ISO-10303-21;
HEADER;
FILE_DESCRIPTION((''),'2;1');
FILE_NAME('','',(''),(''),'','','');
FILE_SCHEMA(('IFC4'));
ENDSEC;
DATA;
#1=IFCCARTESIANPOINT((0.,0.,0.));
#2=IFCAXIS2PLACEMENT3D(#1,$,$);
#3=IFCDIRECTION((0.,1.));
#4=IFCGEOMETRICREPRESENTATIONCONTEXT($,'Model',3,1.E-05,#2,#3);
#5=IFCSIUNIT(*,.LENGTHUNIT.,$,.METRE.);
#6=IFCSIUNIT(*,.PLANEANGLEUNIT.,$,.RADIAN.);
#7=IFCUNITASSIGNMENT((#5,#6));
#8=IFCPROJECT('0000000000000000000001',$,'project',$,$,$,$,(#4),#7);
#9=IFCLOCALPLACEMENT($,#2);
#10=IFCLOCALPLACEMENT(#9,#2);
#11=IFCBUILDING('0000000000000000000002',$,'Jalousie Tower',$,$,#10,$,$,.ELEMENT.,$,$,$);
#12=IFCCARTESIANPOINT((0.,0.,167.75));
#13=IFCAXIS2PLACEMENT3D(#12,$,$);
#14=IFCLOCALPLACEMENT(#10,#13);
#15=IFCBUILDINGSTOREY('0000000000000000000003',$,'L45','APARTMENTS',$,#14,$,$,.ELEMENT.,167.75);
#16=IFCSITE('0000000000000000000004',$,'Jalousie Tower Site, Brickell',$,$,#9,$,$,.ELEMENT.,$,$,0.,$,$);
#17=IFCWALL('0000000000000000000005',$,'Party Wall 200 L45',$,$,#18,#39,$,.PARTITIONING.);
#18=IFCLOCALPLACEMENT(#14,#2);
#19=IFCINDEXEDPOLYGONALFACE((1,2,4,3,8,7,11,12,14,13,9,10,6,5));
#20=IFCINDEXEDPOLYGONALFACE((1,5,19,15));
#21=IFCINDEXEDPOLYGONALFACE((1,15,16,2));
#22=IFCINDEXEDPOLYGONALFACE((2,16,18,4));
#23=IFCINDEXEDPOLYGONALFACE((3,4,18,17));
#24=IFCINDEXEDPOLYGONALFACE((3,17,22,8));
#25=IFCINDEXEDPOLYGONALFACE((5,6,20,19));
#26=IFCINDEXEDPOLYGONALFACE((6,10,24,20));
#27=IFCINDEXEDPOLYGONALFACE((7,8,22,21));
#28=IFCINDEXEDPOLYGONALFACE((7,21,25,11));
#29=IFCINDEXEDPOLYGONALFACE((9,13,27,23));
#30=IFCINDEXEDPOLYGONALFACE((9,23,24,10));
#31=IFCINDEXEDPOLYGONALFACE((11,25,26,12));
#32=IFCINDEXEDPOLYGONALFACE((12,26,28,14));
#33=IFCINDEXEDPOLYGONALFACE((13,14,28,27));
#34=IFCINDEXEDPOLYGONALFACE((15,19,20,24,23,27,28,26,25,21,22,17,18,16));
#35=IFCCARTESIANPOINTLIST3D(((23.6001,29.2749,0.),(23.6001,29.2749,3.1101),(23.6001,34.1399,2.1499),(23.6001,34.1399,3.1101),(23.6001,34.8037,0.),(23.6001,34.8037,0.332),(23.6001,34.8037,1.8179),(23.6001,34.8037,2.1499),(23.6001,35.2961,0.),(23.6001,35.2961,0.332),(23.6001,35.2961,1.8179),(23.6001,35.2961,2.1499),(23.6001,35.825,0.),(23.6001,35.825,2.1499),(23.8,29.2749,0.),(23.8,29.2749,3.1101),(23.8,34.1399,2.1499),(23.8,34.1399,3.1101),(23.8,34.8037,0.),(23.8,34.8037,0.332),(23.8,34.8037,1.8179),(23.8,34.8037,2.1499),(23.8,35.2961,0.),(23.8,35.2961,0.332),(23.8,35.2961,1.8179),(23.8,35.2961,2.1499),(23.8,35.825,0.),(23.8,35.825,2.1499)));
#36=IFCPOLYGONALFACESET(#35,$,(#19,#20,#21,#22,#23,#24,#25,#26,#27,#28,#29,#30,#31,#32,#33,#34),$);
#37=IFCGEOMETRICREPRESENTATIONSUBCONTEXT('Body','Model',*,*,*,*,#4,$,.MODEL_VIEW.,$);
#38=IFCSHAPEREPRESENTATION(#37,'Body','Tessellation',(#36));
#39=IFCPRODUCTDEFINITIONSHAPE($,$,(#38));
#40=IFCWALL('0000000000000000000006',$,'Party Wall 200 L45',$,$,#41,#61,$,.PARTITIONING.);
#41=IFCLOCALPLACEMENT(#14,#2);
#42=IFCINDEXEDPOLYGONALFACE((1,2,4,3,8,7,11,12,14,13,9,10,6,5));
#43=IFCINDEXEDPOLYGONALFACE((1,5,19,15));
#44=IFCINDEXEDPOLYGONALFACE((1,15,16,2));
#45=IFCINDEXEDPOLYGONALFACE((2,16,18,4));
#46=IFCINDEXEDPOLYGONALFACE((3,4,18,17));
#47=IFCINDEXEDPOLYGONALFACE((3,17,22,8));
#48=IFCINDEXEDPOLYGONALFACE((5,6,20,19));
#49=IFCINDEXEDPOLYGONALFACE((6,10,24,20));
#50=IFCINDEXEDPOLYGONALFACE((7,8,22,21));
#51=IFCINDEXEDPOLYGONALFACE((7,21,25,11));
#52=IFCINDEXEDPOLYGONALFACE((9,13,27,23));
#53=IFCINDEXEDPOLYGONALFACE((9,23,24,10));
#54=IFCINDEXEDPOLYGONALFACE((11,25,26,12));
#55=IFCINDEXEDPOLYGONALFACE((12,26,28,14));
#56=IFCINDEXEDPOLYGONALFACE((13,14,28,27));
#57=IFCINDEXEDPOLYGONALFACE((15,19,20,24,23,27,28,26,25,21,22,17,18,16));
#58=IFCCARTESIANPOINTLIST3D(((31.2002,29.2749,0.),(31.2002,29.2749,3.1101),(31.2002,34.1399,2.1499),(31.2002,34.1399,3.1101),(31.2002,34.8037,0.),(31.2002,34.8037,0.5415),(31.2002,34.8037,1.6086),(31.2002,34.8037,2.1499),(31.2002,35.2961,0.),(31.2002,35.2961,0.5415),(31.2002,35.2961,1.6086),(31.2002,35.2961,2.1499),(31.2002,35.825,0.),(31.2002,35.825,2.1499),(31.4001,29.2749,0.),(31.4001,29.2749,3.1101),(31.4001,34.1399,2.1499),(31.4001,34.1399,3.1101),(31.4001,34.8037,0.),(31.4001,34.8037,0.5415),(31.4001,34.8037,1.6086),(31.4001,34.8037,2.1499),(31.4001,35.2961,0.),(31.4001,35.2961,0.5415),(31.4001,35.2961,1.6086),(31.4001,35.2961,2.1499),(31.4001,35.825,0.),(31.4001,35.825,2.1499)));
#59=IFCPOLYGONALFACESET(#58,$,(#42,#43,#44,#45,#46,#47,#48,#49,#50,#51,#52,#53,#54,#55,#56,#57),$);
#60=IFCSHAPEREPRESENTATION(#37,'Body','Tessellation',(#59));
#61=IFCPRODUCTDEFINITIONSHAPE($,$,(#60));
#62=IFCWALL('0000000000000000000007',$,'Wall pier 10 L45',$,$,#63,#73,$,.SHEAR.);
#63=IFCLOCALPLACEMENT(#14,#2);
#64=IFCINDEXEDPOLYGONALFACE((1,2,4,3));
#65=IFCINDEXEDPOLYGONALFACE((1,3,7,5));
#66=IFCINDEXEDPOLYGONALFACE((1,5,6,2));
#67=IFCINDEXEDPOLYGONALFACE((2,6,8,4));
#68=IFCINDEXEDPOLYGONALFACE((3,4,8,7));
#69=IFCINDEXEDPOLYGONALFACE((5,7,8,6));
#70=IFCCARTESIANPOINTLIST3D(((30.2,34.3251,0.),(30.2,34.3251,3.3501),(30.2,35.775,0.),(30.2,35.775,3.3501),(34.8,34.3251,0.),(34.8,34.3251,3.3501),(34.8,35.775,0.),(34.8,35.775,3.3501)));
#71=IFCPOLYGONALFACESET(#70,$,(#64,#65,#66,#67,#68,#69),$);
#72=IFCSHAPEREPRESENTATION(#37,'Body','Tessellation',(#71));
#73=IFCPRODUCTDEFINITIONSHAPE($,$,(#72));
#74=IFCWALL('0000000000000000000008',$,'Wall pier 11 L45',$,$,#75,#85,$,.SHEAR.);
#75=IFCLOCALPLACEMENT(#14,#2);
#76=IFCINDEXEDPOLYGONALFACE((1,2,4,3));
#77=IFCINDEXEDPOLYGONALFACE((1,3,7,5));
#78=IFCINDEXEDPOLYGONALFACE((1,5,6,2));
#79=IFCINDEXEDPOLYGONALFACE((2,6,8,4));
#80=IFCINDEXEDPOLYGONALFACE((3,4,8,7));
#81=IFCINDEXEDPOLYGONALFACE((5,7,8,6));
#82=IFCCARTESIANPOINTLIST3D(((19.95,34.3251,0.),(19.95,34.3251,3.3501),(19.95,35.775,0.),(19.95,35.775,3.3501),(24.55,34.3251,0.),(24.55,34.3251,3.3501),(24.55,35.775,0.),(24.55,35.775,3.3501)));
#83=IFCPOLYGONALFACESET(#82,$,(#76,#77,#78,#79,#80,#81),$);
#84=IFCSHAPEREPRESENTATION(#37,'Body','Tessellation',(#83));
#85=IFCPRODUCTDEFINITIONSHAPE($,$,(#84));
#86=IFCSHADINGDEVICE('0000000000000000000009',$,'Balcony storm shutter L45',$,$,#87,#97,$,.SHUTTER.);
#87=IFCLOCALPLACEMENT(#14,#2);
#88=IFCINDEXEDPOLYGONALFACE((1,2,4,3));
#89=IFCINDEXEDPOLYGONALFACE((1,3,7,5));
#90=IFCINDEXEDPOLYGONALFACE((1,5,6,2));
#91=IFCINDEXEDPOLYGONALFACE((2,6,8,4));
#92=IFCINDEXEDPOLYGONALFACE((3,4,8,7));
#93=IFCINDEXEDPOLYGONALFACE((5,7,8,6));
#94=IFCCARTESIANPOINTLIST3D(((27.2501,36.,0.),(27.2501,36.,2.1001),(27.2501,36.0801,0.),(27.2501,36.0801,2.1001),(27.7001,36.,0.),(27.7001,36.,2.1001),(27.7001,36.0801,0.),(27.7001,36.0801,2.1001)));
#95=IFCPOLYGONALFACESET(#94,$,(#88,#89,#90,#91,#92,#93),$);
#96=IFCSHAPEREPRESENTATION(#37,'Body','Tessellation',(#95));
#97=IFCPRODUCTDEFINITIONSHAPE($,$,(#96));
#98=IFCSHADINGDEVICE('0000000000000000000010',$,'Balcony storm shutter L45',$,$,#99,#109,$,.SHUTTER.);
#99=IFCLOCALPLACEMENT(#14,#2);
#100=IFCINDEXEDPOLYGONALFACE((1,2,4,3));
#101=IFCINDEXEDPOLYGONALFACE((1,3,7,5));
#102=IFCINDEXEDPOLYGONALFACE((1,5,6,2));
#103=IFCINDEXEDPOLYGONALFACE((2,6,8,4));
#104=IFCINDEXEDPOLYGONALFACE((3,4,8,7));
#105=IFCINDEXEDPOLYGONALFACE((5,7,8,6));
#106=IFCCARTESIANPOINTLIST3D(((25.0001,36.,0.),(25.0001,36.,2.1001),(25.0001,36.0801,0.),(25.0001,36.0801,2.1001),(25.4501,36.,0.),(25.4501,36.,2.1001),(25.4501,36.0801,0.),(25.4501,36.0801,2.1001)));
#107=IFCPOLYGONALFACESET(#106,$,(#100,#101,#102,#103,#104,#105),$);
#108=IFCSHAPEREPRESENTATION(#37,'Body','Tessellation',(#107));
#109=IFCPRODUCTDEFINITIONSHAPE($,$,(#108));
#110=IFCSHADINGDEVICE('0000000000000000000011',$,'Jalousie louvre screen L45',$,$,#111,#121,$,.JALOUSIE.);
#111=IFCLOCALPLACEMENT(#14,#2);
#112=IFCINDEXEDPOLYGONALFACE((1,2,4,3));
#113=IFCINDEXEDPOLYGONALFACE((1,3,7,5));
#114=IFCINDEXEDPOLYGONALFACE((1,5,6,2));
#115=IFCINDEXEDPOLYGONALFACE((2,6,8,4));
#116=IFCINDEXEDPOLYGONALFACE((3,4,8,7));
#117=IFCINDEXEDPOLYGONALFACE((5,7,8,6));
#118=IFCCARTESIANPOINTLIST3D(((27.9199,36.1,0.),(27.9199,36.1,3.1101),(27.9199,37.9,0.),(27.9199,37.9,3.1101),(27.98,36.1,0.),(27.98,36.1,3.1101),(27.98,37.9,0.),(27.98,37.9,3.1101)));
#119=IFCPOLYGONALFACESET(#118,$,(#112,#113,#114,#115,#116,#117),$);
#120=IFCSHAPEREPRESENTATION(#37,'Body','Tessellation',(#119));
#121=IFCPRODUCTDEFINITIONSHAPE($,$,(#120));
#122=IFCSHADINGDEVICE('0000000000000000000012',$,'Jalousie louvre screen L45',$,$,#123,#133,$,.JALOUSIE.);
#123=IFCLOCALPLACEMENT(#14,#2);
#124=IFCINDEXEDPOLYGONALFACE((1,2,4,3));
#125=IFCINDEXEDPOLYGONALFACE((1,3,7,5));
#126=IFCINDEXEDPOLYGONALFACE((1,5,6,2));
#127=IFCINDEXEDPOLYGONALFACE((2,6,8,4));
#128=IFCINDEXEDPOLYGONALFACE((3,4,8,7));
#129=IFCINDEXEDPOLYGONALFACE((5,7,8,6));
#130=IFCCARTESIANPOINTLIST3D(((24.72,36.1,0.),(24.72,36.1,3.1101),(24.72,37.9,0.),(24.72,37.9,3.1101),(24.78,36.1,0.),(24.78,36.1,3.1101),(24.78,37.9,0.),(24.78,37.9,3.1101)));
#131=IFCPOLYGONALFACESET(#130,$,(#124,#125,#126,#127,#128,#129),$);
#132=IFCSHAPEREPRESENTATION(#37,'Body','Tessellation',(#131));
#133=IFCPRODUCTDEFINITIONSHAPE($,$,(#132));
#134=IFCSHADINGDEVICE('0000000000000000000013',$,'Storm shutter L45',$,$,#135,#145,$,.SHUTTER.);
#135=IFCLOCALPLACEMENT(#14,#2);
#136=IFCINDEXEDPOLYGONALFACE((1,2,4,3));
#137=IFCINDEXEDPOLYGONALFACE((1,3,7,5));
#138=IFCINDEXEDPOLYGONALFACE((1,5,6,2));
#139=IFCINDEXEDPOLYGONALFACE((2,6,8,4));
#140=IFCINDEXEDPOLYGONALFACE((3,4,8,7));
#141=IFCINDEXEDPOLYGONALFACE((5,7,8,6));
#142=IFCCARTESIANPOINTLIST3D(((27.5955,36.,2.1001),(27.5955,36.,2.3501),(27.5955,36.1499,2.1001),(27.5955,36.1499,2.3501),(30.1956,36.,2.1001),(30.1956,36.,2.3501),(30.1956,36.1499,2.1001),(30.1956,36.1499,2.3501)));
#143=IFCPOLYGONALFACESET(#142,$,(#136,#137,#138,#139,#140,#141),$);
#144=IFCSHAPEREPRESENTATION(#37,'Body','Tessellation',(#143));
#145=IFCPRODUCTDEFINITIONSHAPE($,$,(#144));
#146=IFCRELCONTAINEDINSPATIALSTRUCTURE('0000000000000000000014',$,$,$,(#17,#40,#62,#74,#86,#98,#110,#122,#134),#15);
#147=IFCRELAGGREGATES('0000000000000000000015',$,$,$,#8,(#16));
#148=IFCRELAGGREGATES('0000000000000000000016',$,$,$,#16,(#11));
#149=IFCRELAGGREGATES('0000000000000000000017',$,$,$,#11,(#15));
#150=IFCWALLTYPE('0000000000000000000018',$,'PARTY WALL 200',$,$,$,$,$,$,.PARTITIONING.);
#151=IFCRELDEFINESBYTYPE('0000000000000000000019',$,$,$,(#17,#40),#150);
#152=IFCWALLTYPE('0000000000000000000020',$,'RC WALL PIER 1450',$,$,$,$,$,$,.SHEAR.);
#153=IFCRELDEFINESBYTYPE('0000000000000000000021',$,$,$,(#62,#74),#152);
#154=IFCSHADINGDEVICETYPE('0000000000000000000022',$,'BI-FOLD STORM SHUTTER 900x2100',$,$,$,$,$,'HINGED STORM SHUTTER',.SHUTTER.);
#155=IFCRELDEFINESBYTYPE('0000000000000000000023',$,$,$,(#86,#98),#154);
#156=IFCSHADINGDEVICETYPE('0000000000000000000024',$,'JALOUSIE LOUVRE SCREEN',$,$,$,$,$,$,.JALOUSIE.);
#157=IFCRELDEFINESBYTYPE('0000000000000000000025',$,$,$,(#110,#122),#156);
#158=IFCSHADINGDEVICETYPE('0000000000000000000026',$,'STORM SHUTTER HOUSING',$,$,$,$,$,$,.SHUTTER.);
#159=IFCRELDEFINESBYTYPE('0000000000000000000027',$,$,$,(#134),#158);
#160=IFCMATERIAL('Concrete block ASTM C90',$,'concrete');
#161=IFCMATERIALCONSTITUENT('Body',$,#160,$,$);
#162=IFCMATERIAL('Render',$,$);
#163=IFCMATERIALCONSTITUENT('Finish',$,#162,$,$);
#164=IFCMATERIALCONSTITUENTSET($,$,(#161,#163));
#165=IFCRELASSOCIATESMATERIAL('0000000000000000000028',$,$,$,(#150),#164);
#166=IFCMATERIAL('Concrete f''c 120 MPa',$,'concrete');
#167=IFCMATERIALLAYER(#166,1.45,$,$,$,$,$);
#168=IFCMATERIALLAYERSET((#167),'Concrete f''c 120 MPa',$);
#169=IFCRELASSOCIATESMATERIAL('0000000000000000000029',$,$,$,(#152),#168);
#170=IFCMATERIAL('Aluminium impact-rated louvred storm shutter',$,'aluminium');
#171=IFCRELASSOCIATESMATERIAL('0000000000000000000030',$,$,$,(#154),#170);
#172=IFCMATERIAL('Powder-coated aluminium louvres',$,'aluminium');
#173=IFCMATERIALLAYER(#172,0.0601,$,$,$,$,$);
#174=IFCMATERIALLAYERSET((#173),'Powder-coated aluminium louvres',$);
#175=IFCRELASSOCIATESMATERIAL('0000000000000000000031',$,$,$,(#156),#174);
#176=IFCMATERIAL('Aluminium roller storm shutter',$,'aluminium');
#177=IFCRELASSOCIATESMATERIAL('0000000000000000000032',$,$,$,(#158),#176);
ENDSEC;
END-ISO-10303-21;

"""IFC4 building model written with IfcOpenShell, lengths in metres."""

from ifc_helpers import new_model, si_unit, direction, frame, frame_2d, origin, origin_2d, place, context, subcontext, project, spatial, polyline, rectangle, outline, extrude, material, layer, layer_set, constituent, constituent_set, type_object, element, save


model = new_model("IFC4")

# Units and contexts
model_context = context("Model", 3, precision=1e-05, world=origin(), true_north=direction((0.0, 1.0)))
body_context = subcontext(model_context, "Body", "Model", "MODEL_VIEW")
ifc_project = project(units=[si_unit("LENGTHUNIT", "METRE"), si_unit("PLANEANGLEUNIT", "RADIAN")], contexts=[model_context])

# Site, building, storey
site_placement = place(None, origin())
site = spatial("IfcSite", under=ifc_project, at=site_placement, Name="Jalousie Tower Site, Brickell", CompositionType="ELEMENT", RefElevation=0.0)
building_placement = place(site_placement, origin())
building = spatial("IfcBuilding", under=site, at=building_placement, Name="Jalousie Tower", CompositionType="ELEMENT")
storey_placement = place(building_placement, frame((0.0, 0.0, 167.75)))
storey = spatial("IfcBuildingStorey", under=building, at=storey_placement, Name="L45", Description="APARTMENTS", CompositionType="ELEMENT", Elevation=167.75)

# Walls
ifc_material_1 = material(Name="Concrete block ASTM C90", Category="concrete")
ifc_constituent_1 = constituent(ifc_material_1, Name="Body")
ifc_material_2 = material(Name="Render")
ifc_constituent_2 = constituent(ifc_material_2, Name="Finish")
ifc_constituent_set_1 = constituent_set(constituents=[ifc_constituent_1, ifc_constituent_2])
wall_type_1 = type_object("IfcWallType", Name="PARTY WALL 200", PredefinedType="PARTITIONING", material=ifc_constituent_set_1)
wall_1_placement = place(storey_placement, frame((23.7, 35.825, 0.0), z_axis=(0.0, 0.0, 1.0), x_axis=(0.0, -1.0, 0.0)))
element("IfcWall", 1, at=wall_1_placement, inside=storey, type_object=wall_type_1, Name="Party Wall 200 L45", PredefinedType="PARTITIONING", context=body_context, shape_type="SweptSolid", body=[
    extrude(outline(polyline([(0.5288, 2.1499), (0.0, 2.1499), (0.0, 0.0), (0.5288, 0.0), (0.5288, 0.332), (1.0212, 0.332), (1.0212, 0.0), (6.55, 0.0), (6.55, 3.1101), (1.6851, 3.1101), (1.6851, 2.1499), (1.0212, 2.1499), (1.0212, 1.8179), (0.5288, 1.8179), (0.5288, 2.1499)])), frame((0.0, 0.1001, 0.0), z_axis=(0.0, -1.0, 0.0), x_axis=(1.0, 0.0, 0.0)), (0.0, 0.0, 1.0), 0.2),
])
wall_2_placement = place(storey_placement, frame((31.3, 35.825, 0.0), z_axis=(0.0, 0.0, 1.0), x_axis=(0.0, -1.0, 0.0)))
element("IfcWall", 2, at=wall_2_placement, inside=storey, type_object=wall_type_1, Name="Party Wall 200 L45", PredefinedType="PARTITIONING", context=body_context, shape_type="SweptSolid", body=[
    extrude(outline(polyline([(0.5288, 2.1499), (0.0, 2.1499), (0.0, 0.0), (0.5288, 0.0), (0.5288, 0.5415), (1.0212, 0.5415), (1.0212, 0.0), (6.55, 0.0), (6.55, 3.1101), (1.6851, 3.1101), (1.6851, 2.1499), (1.0212, 2.1499), (1.0212, 1.6086), (0.5288, 1.6086), (0.5288, 2.1499)])), frame((0.0, 0.1001, 0.0), z_axis=(0.0, -1.0, 0.0), x_axis=(1.0, 0.0, 0.0)), (0.0, 0.0, 1.0), 0.2),
])
ifc_material_3 = material(Name="Concrete f'c 120 MPa", Category="concrete")
ifc_layer_1 = layer(ifc_material_3, 1.45)
ifc_layer_set_1 = layer_set([ifc_layer_1], Name="Concrete f'c 120 MPa")
wall_type_2 = type_object("IfcWallType", Name="RC WALL PIER 1450", PredefinedType="SHEAR", material=ifc_layer_set_1)
for number, where, z_axis, x_axis, name in (
    (3, (30.2, 35.05, 0.0), (0.0, 0.0, 1.0), (1.0, 0.0, 0.0), "Wall pier 10 L45"),
    (4, (19.95, 35.05, 0.0), (0.0, 0.0, 1.0), (1.0, 0.0, 0.0), "Wall pier 11 L45"),
):
    element("IfcWall", number, at=place(storey_placement, frame(where, z_axis=z_axis, x_axis=x_axis)), inside=storey, type_object=wall_type_2, Name=name, PredefinedType="SHEAR", context=body_context, shape_type="SweptSolid", body=[
        extrude(rectangle(XDim=4.6001, YDim=1.45, at=frame_2d((2.3, 0.0))), origin(), (0.0, 0.0, 1.0), 3.3501),
    ])

# Shading devices
ifc_material_4 = material(Name="Aluminium impact-rated louvred storm shutter", Category="aluminium")
shading_device_type_1 = type_object("IfcShadingDeviceType", Name="BI-FOLD STORM SHUTTER 900x2100", ElementType="HINGED STORM SHUTTER", PredefinedType="SHUTTER", material=ifc_material_4)
for number, where, z_axis, x_axis, name in (
    (5, (27.4751, 36.04, 0.0), (0.0, 0.0, 1.0), (-1.0, 0.0, 0.0), "Balcony storm shutter L45"),
    (6, (25.2251, 36.04, 0.0), (0.0, 0.0, 1.0), (-1.0, 0.0, 0.0), "Balcony storm shutter L45"),
):
    element("IfcShadingDevice", number, at=place(storey_placement, frame(where, z_axis=z_axis, x_axis=x_axis)), inside=storey, type_object=shading_device_type_1, Name=name, PredefinedType="SHUTTER", context=body_context, shape_type="SweptSolid", body=[
        extrude(rectangle(XDim=0.45, YDim=0.0801, at=origin_2d()), origin(), (0.0, 0.0, 1.0), 2.1001),
    ])

# Shading devices
ifc_material_5 = material(Name="Powder-coated aluminium louvres", Category="aluminium")
ifc_layer_2 = layer(ifc_material_5, 0.0601)
ifc_layer_set_2 = layer_set([ifc_layer_2], Name="Powder-coated aluminium louvres")
shading_device_type_2 = type_object("IfcShadingDeviceType", Name="JALOUSIE LOUVRE SCREEN", PredefinedType="JALOUSIE", material=ifc_layer_set_2)
for number, where, z_axis, x_axis, name in (
    (7, (27.95, 37.0, 0.0), (0.0, 0.0, 1.0), (-1.0, 0.0, 0.0), "Jalousie louvre screen L45"),
    (8, (24.75, 37.0, 0.0), (0.0, 0.0, 1.0), (-1.0, 0.0, 0.0), "Jalousie louvre screen L45"),
):
    element("IfcShadingDevice", number, at=place(storey_placement, frame(where, z_axis=z_axis, x_axis=x_axis)), inside=storey, type_object=shading_device_type_2, Name=name, PredefinedType="JALOUSIE", context=body_context, shape_type="SweptSolid", body=[
        extrude(rectangle(XDim=0.0601, YDim=1.8, at=origin_2d()), origin(), (0.0, 0.0, 1.0), 3.1101),
    ])
ifc_material_6 = material(Name="Aluminium roller storm shutter", Category="aluminium")
shading_device_type_3 = type_object("IfcShadingDeviceType", Name="STORM SHUTTER HOUSING", PredefinedType="SHUTTER", material=ifc_material_6)
shading_device_placement = place(storey_placement, frame((28.8955, 36.075, 2.1001), z_axis=(0.0, 0.0, 1.0), x_axis=(-1.0, 0.0, 0.0)))
element("IfcShadingDevice", 9, at=shading_device_placement, inside=storey, type_object=shading_device_type_3, Name="Storm shutter L45", PredefinedType="SHUTTER", context=body_context, shape_type="SweptSolid", body=[
    extrude(rectangle(XDim=2.6001, YDim=0.1499, at=origin_2d()), origin(), (0.0, 0.0, 1.0), 0.25),
])

save(model, "model.ifc")
